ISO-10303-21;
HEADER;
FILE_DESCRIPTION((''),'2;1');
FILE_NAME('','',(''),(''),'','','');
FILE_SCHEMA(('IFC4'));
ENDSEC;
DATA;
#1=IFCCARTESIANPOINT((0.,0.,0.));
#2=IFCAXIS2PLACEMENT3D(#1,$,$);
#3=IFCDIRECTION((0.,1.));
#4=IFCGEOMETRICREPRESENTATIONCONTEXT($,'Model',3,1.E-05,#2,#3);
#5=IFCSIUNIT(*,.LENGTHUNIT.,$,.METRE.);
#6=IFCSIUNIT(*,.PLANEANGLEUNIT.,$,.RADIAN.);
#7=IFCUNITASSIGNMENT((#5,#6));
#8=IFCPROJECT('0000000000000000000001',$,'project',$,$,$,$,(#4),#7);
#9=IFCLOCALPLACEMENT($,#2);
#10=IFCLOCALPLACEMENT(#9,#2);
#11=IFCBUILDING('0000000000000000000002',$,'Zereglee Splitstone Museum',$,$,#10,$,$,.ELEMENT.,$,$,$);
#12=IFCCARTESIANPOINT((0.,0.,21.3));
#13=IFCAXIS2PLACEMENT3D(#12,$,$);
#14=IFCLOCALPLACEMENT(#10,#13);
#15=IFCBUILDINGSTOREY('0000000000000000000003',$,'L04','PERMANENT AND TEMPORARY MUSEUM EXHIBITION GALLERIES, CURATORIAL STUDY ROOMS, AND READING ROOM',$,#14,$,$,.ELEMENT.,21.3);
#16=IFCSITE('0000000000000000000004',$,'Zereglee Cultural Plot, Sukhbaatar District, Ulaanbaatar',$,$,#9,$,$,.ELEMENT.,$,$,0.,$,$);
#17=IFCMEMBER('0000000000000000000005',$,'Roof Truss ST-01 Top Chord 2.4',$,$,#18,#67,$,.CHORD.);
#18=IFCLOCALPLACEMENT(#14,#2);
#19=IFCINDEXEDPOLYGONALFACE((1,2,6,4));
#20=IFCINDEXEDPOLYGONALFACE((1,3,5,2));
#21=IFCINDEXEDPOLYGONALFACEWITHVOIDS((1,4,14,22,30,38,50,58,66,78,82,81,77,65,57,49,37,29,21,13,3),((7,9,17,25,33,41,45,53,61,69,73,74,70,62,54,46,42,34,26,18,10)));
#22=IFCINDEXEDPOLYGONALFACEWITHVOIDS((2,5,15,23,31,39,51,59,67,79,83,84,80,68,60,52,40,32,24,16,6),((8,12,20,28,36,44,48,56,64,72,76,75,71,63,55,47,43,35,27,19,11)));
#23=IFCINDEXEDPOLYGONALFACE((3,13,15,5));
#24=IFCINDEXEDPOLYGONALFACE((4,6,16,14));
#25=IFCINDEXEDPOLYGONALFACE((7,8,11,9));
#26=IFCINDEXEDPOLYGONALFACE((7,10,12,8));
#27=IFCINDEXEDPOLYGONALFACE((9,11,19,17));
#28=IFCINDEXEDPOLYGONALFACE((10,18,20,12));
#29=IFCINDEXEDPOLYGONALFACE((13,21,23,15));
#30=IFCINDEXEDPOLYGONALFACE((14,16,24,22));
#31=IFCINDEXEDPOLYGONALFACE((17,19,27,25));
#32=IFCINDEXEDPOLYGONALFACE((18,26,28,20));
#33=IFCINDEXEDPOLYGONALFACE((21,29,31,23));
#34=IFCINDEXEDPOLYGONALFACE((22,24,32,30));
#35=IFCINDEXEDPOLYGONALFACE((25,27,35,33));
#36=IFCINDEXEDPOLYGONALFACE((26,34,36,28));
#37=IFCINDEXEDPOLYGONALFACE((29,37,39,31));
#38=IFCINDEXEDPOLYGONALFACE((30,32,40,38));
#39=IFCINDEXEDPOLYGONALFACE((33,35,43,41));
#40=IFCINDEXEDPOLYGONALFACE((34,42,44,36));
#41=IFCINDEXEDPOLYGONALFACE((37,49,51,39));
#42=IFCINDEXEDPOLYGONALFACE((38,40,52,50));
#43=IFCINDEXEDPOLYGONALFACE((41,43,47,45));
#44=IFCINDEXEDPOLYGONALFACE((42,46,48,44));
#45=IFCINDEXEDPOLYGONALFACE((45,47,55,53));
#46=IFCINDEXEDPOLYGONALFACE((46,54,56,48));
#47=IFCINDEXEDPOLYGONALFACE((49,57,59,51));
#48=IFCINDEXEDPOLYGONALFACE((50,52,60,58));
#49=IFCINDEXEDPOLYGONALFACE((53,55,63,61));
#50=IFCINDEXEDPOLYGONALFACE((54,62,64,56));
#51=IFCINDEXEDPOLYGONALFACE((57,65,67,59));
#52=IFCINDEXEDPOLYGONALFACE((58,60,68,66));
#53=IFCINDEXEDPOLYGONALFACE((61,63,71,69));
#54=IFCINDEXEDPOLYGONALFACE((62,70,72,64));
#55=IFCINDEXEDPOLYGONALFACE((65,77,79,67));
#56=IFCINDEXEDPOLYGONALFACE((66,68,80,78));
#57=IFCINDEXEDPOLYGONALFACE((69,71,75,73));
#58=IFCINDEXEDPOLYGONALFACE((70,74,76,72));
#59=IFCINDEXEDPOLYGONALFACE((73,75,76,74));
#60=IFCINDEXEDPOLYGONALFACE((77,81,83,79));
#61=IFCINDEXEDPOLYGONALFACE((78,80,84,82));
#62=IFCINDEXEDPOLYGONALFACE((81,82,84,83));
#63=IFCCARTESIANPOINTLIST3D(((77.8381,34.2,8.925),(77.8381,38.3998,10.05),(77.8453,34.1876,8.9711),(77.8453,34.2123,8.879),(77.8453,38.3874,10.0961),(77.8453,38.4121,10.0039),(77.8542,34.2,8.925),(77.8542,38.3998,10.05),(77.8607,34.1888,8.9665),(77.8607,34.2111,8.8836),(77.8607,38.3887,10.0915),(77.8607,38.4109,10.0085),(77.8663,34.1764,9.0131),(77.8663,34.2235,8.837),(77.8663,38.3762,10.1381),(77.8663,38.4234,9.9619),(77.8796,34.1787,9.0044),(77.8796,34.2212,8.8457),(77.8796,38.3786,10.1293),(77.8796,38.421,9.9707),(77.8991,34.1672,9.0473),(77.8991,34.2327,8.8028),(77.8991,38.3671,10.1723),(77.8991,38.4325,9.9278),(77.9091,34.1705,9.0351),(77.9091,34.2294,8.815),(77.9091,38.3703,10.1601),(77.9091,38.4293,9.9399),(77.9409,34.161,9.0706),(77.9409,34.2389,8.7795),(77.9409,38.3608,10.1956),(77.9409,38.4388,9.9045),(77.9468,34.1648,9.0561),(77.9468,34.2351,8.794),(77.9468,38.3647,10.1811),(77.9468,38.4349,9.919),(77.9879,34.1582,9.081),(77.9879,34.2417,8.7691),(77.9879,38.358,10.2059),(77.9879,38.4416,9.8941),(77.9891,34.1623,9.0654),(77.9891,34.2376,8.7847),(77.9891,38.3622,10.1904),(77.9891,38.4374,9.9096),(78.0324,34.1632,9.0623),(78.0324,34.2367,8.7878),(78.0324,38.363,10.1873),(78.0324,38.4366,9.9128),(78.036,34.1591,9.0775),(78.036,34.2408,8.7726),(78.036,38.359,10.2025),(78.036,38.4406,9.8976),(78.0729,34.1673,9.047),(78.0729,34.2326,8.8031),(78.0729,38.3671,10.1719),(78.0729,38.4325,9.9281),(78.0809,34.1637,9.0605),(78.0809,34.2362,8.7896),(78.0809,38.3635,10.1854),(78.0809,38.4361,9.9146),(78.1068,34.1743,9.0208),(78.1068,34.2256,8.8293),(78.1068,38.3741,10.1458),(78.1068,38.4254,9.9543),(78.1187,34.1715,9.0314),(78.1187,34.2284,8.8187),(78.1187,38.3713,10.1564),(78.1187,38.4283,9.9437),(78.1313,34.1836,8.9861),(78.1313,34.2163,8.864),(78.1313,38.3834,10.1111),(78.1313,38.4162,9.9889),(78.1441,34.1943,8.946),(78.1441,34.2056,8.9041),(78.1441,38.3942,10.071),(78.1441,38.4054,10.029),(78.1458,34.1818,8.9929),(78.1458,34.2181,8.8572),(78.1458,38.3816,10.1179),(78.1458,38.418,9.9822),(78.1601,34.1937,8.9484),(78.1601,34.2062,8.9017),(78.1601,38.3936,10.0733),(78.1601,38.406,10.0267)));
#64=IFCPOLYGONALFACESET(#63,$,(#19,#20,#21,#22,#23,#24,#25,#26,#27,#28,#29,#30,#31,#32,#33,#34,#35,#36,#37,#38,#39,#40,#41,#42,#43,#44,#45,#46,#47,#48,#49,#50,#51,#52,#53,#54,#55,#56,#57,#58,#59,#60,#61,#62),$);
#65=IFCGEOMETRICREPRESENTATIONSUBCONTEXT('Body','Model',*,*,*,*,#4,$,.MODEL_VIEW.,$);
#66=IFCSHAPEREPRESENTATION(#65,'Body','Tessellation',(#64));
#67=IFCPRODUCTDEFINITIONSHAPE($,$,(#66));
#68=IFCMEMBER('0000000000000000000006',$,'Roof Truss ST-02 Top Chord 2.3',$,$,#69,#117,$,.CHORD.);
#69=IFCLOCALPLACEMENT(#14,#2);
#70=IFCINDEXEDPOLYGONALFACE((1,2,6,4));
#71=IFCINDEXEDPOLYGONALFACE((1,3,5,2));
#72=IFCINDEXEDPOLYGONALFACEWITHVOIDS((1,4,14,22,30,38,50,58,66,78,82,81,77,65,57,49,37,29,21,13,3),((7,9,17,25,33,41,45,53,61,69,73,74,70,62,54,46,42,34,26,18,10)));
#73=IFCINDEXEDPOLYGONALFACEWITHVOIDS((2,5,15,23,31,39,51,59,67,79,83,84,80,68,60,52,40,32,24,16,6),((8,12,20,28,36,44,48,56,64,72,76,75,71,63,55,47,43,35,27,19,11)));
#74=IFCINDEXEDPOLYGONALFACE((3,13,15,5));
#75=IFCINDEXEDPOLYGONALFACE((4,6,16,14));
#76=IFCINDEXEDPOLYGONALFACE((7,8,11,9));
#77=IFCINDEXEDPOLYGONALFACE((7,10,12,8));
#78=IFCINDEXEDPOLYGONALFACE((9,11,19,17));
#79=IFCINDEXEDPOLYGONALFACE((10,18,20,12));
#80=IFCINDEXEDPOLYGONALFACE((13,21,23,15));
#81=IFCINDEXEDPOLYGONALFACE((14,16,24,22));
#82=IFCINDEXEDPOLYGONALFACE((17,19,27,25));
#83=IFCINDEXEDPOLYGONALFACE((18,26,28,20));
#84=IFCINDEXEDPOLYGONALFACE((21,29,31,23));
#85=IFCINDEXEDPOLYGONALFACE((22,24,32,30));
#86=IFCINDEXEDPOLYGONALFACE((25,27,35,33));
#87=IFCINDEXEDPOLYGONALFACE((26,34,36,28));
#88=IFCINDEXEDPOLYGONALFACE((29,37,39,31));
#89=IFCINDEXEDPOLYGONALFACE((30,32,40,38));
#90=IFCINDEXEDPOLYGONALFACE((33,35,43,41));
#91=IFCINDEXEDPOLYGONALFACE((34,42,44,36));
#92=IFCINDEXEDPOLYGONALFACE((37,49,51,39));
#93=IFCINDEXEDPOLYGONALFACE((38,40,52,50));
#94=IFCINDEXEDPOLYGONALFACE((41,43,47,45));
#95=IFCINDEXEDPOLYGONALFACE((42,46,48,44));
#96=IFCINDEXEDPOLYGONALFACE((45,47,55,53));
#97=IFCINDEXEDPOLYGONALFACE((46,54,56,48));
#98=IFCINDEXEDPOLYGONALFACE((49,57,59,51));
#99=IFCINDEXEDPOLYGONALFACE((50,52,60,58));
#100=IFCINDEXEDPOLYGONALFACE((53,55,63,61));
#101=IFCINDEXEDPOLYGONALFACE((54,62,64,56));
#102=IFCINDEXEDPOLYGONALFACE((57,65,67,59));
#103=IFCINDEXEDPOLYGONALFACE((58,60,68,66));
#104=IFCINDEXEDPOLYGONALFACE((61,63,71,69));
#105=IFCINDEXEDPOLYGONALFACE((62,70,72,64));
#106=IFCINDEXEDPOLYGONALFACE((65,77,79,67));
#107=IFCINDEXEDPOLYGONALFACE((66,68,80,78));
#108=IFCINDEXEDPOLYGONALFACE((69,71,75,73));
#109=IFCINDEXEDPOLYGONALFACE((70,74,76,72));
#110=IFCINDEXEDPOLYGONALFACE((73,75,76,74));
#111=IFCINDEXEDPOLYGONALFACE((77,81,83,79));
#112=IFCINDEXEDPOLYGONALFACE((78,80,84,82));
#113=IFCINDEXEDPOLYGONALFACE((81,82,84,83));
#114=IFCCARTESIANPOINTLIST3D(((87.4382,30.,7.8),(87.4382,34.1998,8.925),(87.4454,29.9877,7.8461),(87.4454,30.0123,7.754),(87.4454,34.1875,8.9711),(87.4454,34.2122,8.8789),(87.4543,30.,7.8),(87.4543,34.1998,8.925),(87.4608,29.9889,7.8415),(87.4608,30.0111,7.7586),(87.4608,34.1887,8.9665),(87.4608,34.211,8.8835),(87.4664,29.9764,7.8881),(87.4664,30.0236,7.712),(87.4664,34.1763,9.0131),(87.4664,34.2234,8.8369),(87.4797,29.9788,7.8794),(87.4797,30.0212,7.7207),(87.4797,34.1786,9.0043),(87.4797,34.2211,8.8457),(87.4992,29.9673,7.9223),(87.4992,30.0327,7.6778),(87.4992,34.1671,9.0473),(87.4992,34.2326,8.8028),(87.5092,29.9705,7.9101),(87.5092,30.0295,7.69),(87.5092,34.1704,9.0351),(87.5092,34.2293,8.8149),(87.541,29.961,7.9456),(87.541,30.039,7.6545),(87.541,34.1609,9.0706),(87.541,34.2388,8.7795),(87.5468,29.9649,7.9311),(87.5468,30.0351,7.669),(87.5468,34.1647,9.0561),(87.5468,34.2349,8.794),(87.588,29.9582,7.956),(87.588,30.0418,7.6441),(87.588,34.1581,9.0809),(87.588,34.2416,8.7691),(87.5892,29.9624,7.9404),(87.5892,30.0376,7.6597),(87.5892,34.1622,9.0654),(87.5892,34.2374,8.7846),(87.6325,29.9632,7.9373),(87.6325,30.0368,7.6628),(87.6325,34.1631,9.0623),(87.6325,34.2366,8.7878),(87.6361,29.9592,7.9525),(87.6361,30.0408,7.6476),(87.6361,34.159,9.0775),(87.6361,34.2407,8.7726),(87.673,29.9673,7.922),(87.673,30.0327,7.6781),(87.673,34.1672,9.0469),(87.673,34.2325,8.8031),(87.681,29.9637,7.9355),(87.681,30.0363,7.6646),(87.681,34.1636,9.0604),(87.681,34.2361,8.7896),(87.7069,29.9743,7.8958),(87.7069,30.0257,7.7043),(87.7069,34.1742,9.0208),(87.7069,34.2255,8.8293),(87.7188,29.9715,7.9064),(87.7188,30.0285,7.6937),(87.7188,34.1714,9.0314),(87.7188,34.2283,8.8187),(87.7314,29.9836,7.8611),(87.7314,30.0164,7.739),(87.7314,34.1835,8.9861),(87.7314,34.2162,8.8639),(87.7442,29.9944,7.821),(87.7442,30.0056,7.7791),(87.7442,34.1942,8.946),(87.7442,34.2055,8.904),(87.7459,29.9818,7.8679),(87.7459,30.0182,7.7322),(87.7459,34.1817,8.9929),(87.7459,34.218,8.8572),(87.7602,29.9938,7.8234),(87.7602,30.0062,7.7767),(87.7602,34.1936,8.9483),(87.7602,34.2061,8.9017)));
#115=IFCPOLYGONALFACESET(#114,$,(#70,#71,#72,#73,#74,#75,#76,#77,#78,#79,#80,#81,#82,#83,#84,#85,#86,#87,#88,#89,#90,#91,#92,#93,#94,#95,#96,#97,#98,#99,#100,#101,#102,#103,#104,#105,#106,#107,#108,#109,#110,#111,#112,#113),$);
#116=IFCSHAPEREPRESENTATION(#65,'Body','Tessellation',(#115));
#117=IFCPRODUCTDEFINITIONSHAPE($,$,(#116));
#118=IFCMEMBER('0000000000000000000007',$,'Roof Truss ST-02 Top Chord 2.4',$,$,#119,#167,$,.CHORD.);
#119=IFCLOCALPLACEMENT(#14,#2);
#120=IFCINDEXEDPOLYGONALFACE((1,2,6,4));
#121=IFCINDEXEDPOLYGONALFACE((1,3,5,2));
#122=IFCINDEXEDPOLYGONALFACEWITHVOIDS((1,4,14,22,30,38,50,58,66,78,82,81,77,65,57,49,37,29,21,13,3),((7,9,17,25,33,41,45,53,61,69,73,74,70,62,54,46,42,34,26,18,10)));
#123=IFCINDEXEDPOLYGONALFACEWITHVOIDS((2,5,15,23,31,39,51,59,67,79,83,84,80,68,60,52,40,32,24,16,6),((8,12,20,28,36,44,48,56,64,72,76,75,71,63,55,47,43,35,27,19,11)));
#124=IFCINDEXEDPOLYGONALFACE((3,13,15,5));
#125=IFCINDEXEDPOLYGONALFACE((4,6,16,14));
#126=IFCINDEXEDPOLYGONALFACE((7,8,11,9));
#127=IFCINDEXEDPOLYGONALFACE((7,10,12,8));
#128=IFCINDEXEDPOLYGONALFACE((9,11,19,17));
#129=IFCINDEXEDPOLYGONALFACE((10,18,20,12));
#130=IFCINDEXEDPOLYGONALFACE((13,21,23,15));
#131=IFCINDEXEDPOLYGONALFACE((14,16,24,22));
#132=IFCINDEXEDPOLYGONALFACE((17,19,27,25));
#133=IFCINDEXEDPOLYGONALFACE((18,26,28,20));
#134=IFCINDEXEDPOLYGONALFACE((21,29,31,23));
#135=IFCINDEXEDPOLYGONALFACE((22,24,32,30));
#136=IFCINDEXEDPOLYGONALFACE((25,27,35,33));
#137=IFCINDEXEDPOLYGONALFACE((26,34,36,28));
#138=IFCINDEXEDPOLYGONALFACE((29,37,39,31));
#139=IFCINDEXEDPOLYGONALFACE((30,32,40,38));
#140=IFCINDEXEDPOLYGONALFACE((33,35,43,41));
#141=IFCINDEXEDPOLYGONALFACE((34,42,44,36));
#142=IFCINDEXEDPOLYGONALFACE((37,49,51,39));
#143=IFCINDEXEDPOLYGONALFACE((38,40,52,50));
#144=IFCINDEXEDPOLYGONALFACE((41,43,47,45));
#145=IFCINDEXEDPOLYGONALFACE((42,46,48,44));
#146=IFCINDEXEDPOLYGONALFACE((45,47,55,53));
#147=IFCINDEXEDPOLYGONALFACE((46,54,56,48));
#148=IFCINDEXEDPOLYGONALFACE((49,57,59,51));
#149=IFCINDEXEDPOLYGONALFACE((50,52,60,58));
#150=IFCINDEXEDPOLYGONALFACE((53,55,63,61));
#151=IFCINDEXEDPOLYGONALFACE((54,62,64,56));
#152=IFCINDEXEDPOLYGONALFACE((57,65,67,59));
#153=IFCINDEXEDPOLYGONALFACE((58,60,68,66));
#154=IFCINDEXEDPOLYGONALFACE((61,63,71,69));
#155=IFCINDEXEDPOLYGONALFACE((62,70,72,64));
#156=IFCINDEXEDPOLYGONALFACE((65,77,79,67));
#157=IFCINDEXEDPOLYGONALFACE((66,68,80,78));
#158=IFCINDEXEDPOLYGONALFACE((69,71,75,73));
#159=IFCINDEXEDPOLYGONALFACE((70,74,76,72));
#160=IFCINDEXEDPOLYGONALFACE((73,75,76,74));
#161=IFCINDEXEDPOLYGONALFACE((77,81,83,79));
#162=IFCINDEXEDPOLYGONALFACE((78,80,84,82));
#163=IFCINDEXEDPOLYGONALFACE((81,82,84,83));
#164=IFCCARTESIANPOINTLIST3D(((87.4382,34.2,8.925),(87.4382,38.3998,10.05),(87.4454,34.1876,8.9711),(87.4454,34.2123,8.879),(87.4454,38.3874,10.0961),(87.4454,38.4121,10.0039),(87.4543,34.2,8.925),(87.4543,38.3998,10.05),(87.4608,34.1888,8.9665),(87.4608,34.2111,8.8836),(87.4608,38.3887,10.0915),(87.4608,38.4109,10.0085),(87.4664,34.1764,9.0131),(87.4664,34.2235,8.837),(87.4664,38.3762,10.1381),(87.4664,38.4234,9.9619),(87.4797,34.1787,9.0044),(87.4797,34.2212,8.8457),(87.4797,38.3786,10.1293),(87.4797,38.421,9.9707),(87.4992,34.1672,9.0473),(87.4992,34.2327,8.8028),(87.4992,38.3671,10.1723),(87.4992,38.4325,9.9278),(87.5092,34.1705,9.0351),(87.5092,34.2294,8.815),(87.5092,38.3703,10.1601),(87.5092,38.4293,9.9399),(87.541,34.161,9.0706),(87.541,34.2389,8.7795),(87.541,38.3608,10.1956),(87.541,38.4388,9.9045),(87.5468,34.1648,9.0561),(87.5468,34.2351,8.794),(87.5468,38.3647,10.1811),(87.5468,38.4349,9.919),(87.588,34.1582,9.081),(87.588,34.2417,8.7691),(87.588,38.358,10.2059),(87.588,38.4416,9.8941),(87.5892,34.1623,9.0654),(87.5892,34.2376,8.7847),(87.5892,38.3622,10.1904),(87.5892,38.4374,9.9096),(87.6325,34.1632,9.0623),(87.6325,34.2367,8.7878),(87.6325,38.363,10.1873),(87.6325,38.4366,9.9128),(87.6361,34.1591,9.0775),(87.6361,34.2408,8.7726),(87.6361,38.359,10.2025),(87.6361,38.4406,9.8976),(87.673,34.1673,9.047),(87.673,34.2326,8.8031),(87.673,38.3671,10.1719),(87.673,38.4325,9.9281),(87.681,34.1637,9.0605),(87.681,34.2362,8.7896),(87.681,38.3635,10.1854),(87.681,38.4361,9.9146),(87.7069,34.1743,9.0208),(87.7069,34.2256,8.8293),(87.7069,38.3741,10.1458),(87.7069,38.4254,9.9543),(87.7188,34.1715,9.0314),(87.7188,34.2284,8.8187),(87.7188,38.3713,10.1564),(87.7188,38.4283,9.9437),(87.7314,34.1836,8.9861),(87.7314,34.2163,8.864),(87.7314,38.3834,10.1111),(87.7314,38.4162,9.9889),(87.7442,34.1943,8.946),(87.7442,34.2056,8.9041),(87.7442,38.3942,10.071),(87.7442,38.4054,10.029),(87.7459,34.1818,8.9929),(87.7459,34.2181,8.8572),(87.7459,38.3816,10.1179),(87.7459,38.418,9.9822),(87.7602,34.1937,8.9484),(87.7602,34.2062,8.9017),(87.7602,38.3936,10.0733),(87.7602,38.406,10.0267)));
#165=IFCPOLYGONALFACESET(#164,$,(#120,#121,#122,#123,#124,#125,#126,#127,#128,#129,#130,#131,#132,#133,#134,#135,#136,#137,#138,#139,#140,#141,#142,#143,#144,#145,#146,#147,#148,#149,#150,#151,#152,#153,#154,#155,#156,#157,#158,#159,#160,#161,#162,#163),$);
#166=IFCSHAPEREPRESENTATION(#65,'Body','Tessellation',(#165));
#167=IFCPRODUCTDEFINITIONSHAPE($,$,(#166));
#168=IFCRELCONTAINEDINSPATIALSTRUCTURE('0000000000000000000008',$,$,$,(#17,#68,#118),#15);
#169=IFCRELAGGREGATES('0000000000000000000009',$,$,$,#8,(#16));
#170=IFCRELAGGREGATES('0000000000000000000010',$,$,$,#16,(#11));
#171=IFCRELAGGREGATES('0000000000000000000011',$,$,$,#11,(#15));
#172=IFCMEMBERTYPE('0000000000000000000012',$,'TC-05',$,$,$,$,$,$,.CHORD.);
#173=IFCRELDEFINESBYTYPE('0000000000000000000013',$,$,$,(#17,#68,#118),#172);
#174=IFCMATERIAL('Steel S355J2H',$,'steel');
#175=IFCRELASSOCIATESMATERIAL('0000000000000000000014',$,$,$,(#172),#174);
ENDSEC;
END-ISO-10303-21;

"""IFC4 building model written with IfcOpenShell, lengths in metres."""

from ifc_helpers import new_model, si_unit, direction, frame, origin, origin_2d, place, context, subcontext, project, spatial, hollow_circle, extrude, material, material_profile, profile_set, type_object, element, save


model = new_model("IFC4")

# Units and contexts
model_context = context("Model", 3, precision=1e-05, world=origin(), true_north=direction((0.0, 1.0)))
body_context = subcontext(model_context, "Body", "Model", "MODEL_VIEW")
ifc_project = project(units=[si_unit("LENGTHUNIT", "METRE"), si_unit("PLANEANGLEUNIT", "RADIAN")], contexts=[model_context])

# Site, building, storey
site_placement = place(None, origin())
site = spatial("IfcSite", under=ifc_project, at=site_placement, Name="Zereglee Cultural Plot, Sukhbaatar District, Ulaanbaatar", CompositionType="ELEMENT", RefElevation=0.0)
building_placement = place(site_placement, origin())
building = spatial("IfcBuilding", under=site, at=building_placement, Name="Zereglee Splitstone Museum", CompositionType="ELEMENT")
storey_placement = place(building_placement, frame((0.0, 0.0, 21.3)))
storey = spatial("IfcBuildingStorey", under=building, at=storey_placement, Name="L04", Description="PERMANENT AND TEMPORARY MUSEUM EXHIBITION GALLERIES, CURATORIAL STUDY ROOMS, AND READING ROOM", CompositionType="ELEMENT", Elevation=21.3)

# Members
ifc_material_1 = material(Name="Steel S355J2H", Category="steel")
ifc_material_profile_1 = material_profile(ifc_material_1, hollow_circle(Radius=0.1619, WallThickness=0.0161, at=origin_2d()), Name="CHS 323.9x16")
ifc_profile_set_1 = profile_set([ifc_material_profile_1], Name="Steel S355J2H")
member_type_1 = type_object("IfcMemberType", Name="TC-05", PredefinedType="CHORD", material=ifc_profile_set_1)
for number, where, z_axis, x_axis, name in (
    (1, (78.0, 34.2, 8.925), (0.0, 0.965947, 0.258739), (-1.0, 0.0, 0.0), "Roof Truss ST-01 Top Chord 2.4"),
    (2, (87.6001, 30.0, 7.8), (0.0, 0.965947, 0.258739), (-1.0, 0.0, 0.0), "Roof Truss ST-02 Top Chord 2.3"),
    (3, (87.6001, 34.2, 8.925), (0.0, 0.965947, 0.258739), (-1.0, 0.0, 0.0), "Roof Truss ST-02 Top Chord 2.4"),
):
    element("IfcMember", number, at=place(storey_placement, frame(where, z_axis=z_axis, x_axis=x_axis)), inside=storey, type_object=member_type_1, Name=name, PredefinedType="CHORD", context=body_context, shape_type="SweptSolid", body=[
        extrude(hollow_circle(Radius=0.1619, WallThickness=0.0161, at=origin_2d()), origin(), (0.0, 0.0, 1.0), 4.3479),
    ])

save(model, "model.ifc")
